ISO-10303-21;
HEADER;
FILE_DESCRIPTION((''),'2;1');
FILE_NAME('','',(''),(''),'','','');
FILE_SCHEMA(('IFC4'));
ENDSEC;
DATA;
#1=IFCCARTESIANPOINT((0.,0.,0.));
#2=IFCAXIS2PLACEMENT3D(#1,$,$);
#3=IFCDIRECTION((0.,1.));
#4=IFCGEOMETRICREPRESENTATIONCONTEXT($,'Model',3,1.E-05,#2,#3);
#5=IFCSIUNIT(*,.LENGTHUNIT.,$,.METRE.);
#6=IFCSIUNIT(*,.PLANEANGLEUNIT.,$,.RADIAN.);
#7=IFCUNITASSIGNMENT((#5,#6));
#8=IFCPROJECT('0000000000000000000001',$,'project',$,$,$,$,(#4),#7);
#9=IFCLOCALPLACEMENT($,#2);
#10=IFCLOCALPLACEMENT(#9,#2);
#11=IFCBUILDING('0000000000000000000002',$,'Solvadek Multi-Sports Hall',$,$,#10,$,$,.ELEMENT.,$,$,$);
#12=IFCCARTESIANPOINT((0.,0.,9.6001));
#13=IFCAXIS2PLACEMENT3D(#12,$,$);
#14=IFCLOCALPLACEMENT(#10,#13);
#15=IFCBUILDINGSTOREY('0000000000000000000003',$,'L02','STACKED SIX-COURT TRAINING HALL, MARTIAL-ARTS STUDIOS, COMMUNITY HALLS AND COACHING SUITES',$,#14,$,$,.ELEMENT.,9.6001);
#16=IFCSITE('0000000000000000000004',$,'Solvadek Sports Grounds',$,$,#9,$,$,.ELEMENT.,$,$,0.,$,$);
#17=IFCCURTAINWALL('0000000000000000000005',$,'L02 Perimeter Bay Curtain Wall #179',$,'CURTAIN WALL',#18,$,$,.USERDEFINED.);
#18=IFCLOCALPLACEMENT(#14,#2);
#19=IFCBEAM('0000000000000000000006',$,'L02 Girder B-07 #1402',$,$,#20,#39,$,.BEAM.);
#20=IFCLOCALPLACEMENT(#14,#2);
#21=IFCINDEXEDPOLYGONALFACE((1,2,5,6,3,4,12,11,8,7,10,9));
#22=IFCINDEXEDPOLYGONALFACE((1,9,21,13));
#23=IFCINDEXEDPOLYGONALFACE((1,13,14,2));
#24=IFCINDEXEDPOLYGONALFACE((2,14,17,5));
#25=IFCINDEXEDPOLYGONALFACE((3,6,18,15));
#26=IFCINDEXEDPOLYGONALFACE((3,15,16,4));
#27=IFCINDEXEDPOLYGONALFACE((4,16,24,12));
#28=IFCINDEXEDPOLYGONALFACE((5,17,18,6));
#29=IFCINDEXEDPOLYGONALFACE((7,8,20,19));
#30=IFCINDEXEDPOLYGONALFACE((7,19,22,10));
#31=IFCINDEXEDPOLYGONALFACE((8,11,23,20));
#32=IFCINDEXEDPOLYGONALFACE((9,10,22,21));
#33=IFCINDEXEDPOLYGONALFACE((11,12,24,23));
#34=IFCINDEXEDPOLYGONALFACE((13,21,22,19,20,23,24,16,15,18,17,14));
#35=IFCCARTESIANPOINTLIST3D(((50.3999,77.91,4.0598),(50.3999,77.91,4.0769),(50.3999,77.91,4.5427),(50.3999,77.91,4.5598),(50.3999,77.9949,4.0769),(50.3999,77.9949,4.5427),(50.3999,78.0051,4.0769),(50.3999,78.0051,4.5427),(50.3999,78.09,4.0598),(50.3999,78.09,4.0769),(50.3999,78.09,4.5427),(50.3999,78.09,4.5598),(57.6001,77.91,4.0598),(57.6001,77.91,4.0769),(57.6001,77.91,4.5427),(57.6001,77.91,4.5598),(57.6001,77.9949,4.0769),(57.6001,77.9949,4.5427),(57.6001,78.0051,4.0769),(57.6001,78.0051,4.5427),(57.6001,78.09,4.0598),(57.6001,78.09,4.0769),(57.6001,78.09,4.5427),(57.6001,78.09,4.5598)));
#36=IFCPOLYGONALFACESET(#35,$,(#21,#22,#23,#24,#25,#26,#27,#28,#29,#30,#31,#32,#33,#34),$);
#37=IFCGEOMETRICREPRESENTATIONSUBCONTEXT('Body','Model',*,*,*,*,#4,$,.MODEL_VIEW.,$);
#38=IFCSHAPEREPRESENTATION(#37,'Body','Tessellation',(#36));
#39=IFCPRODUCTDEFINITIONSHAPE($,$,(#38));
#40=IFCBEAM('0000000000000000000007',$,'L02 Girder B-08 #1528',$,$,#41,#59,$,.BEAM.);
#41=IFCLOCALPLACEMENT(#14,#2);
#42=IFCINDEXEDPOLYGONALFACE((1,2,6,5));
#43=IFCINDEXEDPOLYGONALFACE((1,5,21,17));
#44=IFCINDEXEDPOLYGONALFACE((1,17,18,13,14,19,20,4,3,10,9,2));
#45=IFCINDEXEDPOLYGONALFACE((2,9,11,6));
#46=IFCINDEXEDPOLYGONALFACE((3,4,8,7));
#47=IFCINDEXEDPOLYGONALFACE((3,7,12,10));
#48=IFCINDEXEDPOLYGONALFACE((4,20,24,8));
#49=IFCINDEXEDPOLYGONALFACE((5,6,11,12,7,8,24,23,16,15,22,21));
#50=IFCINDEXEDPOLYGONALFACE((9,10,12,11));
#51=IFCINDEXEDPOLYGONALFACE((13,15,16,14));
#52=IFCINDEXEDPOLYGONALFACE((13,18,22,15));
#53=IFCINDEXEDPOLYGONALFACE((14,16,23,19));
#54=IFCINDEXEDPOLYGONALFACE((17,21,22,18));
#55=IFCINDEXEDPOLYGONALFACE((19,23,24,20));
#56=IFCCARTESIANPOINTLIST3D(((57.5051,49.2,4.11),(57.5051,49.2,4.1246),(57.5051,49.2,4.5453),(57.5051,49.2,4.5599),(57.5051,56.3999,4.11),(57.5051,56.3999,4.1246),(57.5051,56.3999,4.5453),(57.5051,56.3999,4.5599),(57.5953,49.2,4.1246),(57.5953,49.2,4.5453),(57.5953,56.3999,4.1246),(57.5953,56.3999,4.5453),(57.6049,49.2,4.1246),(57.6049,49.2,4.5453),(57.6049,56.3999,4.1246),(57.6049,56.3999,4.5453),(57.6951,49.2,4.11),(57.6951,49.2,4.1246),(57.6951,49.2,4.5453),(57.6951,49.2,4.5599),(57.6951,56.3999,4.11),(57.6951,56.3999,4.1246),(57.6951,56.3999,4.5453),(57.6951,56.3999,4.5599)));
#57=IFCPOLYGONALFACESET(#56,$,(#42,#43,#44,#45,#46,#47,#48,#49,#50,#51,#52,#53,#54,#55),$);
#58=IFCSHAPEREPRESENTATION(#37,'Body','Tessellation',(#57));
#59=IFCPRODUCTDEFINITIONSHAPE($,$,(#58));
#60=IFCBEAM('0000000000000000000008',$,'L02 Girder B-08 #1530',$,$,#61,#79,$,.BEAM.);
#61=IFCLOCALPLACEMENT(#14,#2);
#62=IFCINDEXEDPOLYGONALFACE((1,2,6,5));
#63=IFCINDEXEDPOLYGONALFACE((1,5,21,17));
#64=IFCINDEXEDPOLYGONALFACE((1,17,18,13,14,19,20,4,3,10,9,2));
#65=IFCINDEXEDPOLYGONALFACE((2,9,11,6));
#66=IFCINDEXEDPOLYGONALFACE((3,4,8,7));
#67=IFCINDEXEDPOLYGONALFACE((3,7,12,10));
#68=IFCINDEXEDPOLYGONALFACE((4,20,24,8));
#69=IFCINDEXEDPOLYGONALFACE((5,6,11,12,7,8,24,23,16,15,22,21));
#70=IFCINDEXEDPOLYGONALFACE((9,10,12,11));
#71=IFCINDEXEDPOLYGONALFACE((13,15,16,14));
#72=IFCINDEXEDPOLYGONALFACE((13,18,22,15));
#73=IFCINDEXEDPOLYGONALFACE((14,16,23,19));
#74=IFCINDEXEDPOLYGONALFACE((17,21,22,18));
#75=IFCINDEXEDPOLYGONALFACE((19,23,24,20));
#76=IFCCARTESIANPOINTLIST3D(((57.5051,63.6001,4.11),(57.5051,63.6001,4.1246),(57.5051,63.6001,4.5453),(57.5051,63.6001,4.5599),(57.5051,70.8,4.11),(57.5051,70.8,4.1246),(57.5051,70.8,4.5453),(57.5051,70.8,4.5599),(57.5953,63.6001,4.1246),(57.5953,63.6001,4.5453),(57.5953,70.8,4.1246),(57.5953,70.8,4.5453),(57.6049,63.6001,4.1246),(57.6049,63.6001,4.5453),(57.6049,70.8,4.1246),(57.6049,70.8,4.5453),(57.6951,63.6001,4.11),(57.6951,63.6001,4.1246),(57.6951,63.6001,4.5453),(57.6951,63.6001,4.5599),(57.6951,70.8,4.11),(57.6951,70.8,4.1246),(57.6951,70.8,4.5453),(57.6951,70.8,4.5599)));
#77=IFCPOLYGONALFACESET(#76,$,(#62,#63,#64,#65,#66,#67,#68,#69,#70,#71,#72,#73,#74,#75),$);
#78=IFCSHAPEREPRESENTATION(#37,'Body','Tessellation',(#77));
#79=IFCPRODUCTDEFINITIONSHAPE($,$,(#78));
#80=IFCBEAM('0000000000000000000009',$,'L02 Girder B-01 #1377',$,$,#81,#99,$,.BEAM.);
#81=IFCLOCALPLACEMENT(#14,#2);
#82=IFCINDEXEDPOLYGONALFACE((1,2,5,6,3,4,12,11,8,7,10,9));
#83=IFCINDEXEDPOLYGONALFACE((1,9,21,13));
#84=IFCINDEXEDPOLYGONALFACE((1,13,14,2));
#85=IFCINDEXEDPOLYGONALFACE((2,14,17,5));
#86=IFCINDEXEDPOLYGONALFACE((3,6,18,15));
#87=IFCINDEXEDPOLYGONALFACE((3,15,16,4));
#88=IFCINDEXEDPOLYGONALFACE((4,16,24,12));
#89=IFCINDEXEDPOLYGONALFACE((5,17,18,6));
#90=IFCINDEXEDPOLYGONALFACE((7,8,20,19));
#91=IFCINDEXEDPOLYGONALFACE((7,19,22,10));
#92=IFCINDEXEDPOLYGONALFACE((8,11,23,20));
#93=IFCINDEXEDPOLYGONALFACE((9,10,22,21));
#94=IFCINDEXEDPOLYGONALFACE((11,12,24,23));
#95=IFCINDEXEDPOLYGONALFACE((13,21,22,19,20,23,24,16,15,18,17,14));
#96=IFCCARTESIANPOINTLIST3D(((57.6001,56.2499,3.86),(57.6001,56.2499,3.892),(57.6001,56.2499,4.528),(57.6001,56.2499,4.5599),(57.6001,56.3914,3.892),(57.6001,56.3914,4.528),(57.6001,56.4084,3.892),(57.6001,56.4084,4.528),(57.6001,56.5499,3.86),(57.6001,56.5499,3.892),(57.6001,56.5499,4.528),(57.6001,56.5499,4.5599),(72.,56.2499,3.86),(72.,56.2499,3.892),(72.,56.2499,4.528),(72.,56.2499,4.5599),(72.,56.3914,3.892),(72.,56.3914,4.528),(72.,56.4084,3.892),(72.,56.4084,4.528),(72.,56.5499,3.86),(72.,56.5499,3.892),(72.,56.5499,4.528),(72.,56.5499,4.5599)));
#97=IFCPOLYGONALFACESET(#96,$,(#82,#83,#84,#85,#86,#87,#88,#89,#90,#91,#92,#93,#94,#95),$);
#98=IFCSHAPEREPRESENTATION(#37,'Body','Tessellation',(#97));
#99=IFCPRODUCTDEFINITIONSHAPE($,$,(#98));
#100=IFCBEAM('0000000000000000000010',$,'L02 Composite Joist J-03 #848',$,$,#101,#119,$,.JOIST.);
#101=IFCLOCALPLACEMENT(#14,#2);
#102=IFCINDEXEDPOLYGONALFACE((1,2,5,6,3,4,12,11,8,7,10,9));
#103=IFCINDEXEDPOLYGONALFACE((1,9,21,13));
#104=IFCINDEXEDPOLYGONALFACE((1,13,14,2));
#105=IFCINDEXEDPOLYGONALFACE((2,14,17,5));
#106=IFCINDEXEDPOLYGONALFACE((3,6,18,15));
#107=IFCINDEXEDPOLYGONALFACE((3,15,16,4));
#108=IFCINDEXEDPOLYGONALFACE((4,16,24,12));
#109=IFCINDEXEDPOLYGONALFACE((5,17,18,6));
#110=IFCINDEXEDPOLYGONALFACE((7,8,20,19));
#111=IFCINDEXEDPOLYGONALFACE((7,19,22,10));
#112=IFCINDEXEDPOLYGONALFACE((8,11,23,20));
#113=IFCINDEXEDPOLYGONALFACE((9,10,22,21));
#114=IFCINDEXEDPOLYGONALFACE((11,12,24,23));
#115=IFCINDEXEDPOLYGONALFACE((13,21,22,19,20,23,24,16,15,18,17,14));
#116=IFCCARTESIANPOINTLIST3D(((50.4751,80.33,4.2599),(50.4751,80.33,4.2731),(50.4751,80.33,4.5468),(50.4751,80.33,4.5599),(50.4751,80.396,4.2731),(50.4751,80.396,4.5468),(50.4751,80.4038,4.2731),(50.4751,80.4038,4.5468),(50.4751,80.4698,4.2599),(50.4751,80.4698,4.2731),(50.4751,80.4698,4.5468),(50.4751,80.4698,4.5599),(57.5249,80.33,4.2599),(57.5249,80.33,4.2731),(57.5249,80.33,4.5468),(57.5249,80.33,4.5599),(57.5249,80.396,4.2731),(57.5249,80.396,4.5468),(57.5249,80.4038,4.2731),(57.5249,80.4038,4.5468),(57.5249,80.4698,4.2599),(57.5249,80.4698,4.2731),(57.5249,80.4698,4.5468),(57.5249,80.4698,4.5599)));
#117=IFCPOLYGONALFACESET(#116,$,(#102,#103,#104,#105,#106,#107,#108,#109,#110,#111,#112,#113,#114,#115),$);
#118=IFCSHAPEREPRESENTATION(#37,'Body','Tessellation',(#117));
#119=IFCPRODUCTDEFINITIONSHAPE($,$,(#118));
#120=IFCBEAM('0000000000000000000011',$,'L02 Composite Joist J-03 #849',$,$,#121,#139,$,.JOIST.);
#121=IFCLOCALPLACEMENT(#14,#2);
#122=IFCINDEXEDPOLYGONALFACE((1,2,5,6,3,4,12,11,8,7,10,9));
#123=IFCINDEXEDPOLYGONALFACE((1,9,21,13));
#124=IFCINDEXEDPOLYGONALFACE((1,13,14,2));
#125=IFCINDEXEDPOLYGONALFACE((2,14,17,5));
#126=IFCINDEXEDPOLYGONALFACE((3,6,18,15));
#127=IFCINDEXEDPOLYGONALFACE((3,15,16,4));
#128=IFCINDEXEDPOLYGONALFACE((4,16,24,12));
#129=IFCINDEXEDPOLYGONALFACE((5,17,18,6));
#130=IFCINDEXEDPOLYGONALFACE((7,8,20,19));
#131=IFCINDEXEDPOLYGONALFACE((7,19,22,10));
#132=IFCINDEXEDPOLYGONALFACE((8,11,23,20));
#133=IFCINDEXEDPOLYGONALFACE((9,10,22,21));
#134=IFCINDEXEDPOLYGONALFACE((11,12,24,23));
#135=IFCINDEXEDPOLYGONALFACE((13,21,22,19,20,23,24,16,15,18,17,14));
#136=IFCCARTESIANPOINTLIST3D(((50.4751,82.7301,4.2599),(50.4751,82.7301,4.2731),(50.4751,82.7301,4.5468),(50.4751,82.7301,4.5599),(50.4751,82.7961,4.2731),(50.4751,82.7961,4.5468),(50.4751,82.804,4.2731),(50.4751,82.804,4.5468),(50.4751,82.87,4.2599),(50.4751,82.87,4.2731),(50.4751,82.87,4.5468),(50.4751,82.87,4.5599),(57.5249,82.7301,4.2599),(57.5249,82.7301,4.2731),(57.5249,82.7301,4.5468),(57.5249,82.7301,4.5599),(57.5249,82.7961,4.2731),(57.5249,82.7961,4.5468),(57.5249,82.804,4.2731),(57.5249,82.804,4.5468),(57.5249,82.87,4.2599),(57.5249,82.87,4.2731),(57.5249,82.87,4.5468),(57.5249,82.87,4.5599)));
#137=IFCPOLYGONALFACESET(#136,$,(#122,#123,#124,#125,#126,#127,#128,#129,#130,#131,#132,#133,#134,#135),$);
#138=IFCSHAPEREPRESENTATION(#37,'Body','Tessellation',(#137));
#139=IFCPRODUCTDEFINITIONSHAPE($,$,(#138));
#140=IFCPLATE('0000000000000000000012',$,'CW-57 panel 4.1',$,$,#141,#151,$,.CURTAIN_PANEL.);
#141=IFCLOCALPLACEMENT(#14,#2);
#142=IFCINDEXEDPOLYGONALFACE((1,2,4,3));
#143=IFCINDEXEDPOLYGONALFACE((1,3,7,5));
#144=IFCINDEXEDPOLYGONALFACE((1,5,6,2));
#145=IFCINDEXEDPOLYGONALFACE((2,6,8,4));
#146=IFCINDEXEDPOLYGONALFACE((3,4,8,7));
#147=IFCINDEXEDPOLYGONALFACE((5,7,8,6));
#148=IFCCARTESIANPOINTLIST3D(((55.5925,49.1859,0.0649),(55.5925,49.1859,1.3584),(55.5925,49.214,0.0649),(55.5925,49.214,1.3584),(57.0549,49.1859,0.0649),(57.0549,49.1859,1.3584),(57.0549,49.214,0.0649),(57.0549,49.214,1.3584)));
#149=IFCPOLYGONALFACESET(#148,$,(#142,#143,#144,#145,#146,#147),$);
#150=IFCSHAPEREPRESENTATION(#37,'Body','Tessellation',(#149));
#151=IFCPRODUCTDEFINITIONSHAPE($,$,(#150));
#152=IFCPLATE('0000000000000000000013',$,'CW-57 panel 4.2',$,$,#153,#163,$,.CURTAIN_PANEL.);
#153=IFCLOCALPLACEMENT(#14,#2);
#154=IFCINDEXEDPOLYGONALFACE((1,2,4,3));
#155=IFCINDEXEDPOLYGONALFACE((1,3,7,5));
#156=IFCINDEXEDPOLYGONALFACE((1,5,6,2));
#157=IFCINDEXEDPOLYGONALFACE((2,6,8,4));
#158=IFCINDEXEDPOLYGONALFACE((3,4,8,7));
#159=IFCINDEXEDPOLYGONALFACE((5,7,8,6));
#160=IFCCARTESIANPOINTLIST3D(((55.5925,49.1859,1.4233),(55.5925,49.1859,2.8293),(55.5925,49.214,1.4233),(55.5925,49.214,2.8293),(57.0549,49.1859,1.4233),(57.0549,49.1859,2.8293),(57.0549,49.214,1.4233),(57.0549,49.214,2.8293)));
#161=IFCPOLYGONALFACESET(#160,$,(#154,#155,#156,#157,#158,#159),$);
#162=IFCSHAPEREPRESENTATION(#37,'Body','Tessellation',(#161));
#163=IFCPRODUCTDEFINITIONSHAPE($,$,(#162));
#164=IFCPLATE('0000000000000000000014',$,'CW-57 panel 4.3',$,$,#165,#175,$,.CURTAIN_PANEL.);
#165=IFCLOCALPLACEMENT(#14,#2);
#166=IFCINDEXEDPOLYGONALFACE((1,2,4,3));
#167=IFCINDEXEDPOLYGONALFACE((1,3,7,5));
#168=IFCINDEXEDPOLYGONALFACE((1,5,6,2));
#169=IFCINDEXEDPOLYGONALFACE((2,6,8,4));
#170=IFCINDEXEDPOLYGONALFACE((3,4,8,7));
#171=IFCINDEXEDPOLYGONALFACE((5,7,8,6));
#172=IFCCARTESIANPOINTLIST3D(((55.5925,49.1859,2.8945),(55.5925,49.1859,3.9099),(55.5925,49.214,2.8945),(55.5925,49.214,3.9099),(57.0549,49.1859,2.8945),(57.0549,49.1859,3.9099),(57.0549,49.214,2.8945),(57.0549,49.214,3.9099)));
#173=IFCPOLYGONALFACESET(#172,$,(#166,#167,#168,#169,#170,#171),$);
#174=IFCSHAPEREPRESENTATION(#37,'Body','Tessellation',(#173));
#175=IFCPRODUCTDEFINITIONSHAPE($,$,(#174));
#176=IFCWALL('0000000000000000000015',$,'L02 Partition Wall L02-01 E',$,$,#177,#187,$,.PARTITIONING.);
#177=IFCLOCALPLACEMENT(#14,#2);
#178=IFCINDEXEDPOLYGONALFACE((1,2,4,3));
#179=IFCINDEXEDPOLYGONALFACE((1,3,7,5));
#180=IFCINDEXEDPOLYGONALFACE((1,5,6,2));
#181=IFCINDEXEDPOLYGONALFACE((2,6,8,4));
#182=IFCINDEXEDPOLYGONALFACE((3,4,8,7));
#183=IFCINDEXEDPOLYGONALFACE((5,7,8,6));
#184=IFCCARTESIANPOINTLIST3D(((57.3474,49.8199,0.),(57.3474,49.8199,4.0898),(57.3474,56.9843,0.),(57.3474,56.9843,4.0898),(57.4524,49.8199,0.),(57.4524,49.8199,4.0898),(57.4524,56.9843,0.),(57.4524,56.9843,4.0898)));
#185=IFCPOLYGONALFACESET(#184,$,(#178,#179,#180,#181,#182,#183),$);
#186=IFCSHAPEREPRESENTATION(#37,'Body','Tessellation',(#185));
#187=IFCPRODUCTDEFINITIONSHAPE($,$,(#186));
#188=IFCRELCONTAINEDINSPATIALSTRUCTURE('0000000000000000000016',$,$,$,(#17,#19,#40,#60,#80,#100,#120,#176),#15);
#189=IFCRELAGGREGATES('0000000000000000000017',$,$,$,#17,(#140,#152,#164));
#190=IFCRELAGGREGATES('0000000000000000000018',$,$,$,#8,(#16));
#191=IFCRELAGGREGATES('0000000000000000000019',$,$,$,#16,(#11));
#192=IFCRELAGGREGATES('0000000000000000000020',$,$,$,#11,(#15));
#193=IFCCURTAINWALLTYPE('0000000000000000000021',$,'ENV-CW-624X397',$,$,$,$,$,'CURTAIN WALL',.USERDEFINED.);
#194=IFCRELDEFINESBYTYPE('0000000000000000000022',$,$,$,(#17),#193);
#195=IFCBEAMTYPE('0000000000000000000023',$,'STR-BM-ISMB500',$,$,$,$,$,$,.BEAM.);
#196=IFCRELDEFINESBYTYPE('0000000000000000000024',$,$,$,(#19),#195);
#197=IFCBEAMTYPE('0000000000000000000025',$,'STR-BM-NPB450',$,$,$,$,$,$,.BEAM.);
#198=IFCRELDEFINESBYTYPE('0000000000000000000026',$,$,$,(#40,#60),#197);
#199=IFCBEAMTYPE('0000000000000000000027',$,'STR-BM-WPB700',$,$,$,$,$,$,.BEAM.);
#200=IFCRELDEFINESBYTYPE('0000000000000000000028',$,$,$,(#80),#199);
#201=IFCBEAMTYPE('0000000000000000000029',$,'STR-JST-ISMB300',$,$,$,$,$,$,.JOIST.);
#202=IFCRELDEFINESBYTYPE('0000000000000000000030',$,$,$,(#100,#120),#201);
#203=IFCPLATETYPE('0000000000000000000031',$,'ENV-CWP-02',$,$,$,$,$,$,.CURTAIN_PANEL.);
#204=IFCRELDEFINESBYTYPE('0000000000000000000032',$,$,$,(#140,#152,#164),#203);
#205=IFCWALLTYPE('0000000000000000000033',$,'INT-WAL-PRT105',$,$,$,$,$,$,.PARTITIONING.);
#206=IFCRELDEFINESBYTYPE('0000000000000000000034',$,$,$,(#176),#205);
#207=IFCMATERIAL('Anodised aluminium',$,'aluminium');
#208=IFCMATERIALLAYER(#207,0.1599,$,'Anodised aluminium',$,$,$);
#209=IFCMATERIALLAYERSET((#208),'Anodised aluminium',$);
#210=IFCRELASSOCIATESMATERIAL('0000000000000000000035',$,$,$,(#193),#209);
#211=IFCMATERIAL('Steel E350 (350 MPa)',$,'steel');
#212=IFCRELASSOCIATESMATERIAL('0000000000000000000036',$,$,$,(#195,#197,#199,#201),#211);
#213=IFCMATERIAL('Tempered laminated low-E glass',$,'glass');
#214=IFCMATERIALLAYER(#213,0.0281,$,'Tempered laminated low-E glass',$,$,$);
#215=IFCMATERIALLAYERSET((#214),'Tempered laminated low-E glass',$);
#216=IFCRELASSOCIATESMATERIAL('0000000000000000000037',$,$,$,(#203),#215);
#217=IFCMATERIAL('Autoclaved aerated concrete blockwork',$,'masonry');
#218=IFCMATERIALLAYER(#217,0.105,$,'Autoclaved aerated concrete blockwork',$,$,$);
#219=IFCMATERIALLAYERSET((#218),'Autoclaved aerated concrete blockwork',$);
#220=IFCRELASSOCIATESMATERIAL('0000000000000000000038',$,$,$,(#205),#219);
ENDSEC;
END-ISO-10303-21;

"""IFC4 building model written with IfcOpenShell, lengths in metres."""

from ifc_helpers import new_model, si_unit, direction, frame, frame_2d, origin, origin_2d, place, context, subcontext, project, spatial, rectangle, i_section, extrude, material, layer, layer_set, material_profile, profile_set, type_object, element, aggregate, save


model = new_model("IFC4")

# Units and contexts
model_context = context("Model", 3, precision=1e-05, world=origin(), true_north=direction((0.0, 1.0)))
body_context = subcontext(model_context, "Body", "Model", "MODEL_VIEW")
ifc_project = project(units=[si_unit("LENGTHUNIT", "METRE"), si_unit("PLANEANGLEUNIT", "RADIAN")], contexts=[model_context])

# Site, building, storey
site_placement = place(None, origin())
site = spatial("IfcSite", under=ifc_project, at=site_placement, Name="Solvadek Sports Grounds", CompositionType="ELEMENT", RefElevation=0.0)
building_placement = place(site_placement, origin())
building = spatial("IfcBuilding", under=site, at=building_placement, Name="Solvadek Multi-Sports Hall", CompositionType="ELEMENT")
storey_placement = place(building_placement, frame((0.0, 0.0, 9.6001)))
storey = spatial("IfcBuildingStorey", under=building, at=storey_placement, Name="L02", Description="STACKED SIX-COURT TRAINING HALL, MARTIAL-ARTS STUDIOS, COMMUNITY HALLS AND COACHING SUITES", CompositionType="ELEMENT", Elevation=9.6001)

# Shared definitions
ifc_material_1 = material(Name="Steel E350 (350 MPa)", Category="steel")

# Curtain wall
ifc_material_2 = material(Name="Anodised aluminium", Category="aluminium")
ifc_layer_1 = layer(ifc_material_2, 0.1599, Name="Anodised aluminium")
ifc_layer_set_1 = layer_set([ifc_layer_1], Name="Anodised aluminium")
curtain_wall_type = type_object("IfcCurtainWallType", Name="ENV-CW-624X397", ElementType="CURTAIN WALL", PredefinedType="USERDEFINED", material=ifc_layer_set_1)
curtain_wall_placement = place(storey_placement, origin())
curtain_wall = element("IfcCurtainWall", 1, at=curtain_wall_placement, inside=storey, type_object=curtain_wall_type, Name="L02 Perimeter Bay Curtain Wall #179", ObjectType="CURTAIN WALL", PredefinedType="USERDEFINED")

# Beams
ifc_material_profile_1 = material_profile(ifc_material_1, i_section(OverallWidth=0.1799, OverallDepth=0.5, WebThickness=0.0103, FlangeThickness=0.0171, at=origin_2d()), Name="ISMB 500")
ifc_profile_set_1 = profile_set([ifc_material_profile_1], Name="Steel E350 (350 MPa)")
beam_type_1 = type_object("IfcBeamType", Name="STR-BM-ISMB500", PredefinedType="BEAM", material=ifc_profile_set_1)
beam_1_placement = place(storey_placement, frame((50.3999, 78.0, 4.3098), z_axis=(1.0, 0.0, 0.0), x_axis=(0.0, 1.0, 0.0)))
element("IfcBeam", 2, at=beam_1_placement, inside=storey, type_object=beam_type_1, Name="L02 Girder B-07 #1402", PredefinedType="BEAM", context=body_context, shape_type="SweptSolid", body=[
    extrude(i_section(OverallWidth=0.1799, OverallDepth=0.5, WebThickness=0.0103, FlangeThickness=0.0171, at=origin_2d()), origin(), (0.0, 0.0, 1.0), 7.2002),
])
ifc_material_profile_2 = material_profile(ifc_material_1, i_section(OverallWidth=0.1899, OverallDepth=0.45, WebThickness=0.0095, FlangeThickness=0.0146, at=origin_2d()), Name="NPB 450")
ifc_profile_set_2 = profile_set([ifc_material_profile_2], Name="Steel E350 (350 MPa)")
beam_type_2 = type_object("IfcBeamType", Name="STR-BM-NPB450", PredefinedType="BEAM", material=ifc_profile_set_2)
for number, where, z_axis, x_axis, name in (
    (3, (57.6001, 49.2, 4.335), (0.0, 1.0, 0.0), (-1.0, 0.0, 0.0), "L02 Girder B-08 #1528"),
    (4, (57.6001, 63.6001, 4.335), (0.0, 1.0, 0.0), (-1.0, 0.0, 0.0), "L02 Girder B-08 #1530"),
):
    element("IfcBeam", number, at=place(storey_placement, frame(where, z_axis=z_axis, x_axis=x_axis)), inside=storey, type_object=beam_type_2, Name=name, PredefinedType="BEAM", context=body_context, shape_type="SweptSolid", body=[
        extrude(i_section(OverallWidth=0.1899, OverallDepth=0.45, WebThickness=0.0095, FlangeThickness=0.0146, at=origin_2d()), origin(), (0.0, 0.0, 1.0), 7.2),
    ])
ifc_material_profile_3 = material_profile(ifc_material_1, i_section(OverallWidth=0.3, OverallDepth=0.7, WebThickness=0.0171, FlangeThickness=0.032, at=origin_2d()), Name="WPB 700")
ifc_profile_set_3 = profile_set([ifc_material_profile_3], Name="Steel E350 (350 MPa)")
beam_type_3 = type_object("IfcBeamType", Name="STR-BM-WPB700", PredefinedType="BEAM", material=ifc_profile_set_3)
beam_2_placement = place(storey_placement, frame((57.6001, 56.3999, 4.21), z_axis=(1.0, 0.0, 0.0), x_axis=(0.0, 1.0, 0.0)))
element("IfcBeam", 5, at=beam_2_placement, inside=storey, type_object=beam_type_3, Name="L02 Girder B-01 #1377", PredefinedType="BEAM", context=body_context, shape_type="SweptSolid", body=[
    extrude(i_section(OverallWidth=0.3, OverallDepth=0.7, WebThickness=0.0171, FlangeThickness=0.032, at=origin_2d()), origin(), (0.0, 0.0, 1.0), 14.3999),
])
ifc_material_profile_4 = material_profile(ifc_material_1, i_section(OverallWidth=0.1399, OverallDepth=0.3, WebThickness=0.0078, FlangeThickness=0.0132, at=origin_2d()), Name="ISMB 300")
ifc_profile_set_4 = profile_set([ifc_material_profile_4], Name="Steel E350 (350 MPa)")
beam_type_4 = type_object("IfcBeamType", Name="STR-JST-ISMB300", PredefinedType="JOIST", material=ifc_profile_set_4)
for number, where, z_axis, x_axis, name in (
    (6, (50.4751, 80.3999, 4.4099), (1.0, 0.0, 0.0), (0.0, 1.0, 0.0), "L02 Composite Joist J-03 #848"),
    (7, (50.4751, 82.8, 4.4099), (1.0, 0.0, 0.0), (0.0, 1.0, 0.0), "L02 Composite Joist J-03 #849"),
):
    element("IfcBeam", number, at=place(storey_placement, frame(where, z_axis=z_axis, x_axis=x_axis)), inside=storey, type_object=beam_type_4, Name=name, PredefinedType="JOIST", context=body_context, shape_type="SweptSolid", body=[
        extrude(i_section(OverallWidth=0.1399, OverallDepth=0.3, WebThickness=0.0078, FlangeThickness=0.0132, at=origin_2d()), origin(), (0.0, 0.0, 1.0), 7.0498),
    ])

# Plates
ifc_material_3 = material(Name="Tempered laminated low-E glass", Category="glass")
ifc_layer_2 = layer(ifc_material_3, 0.0281, Name="Tempered laminated low-E glass")
ifc_layer_set_2 = layer_set([ifc_layer_2], Name="Tempered laminated low-E glass")
plate_type = type_object("IfcPlateType", Name="ENV-CWP-02", PredefinedType="CURTAIN_PANEL", material=ifc_layer_set_2)
plate_1_placement = place(storey_placement, frame((56.3237, 49.2, 0.0649), z_axis=(0.0, 0.0, 1.0), x_axis=(1.0, 0.0, 0.0)))
plate_1 = element("IfcPlate", 8, at=plate_1_placement, type_object=plate_type, Name="CW-57 panel 4.1", PredefinedType="CURTAIN_PANEL", context=body_context, shape_type="SweptSolid", body=[
    extrude(rectangle(XDim=1.4624, YDim=0.0281, at=origin_2d()), origin(), (0.0, 0.0, 1.0), 1.2935),
])
plate_2_placement = place(storey_placement, frame((56.3237, 49.2, 1.4233), z_axis=(0.0, 0.0, 1.0), x_axis=(1.0, 0.0, 0.0)))
plate_2 = element("IfcPlate", 9, at=plate_2_placement, type_object=plate_type, Name="CW-57 panel 4.2", PredefinedType="CURTAIN_PANEL", context=body_context, shape_type="SweptSolid", body=[
    extrude(rectangle(XDim=1.4624, YDim=0.0281, at=origin_2d()), origin(), (0.0, 0.0, 1.0), 1.406),
])
plate_3_placement = place(storey_placement, frame((56.3237, 49.2, 2.8945), z_axis=(0.0, 0.0, 1.0), x_axis=(1.0, 0.0, 0.0)))
plate_3 = element("IfcPlate", 10, at=plate_3_placement, type_object=plate_type, Name="CW-57 panel 4.3", PredefinedType="CURTAIN_PANEL", context=body_context, shape_type="SweptSolid", body=[
    extrude(rectangle(XDim=1.4624, YDim=0.0281, at=origin_2d()), origin(), (0.0, 0.0, 1.0), 1.0154),
])
aggregate(curtain_wall, [plate_1, plate_2, plate_3])

# Wall
ifc_material_4 = material(Name="Autoclaved aerated concrete blockwork", Category="masonry")
ifc_layer_3 = layer(ifc_material_4, 0.105, Name="Autoclaved aerated concrete blockwork")
ifc_layer_set_3 = layer_set([ifc_layer_3], Name="Autoclaved aerated concrete blockwork")
wall_type_1 = type_object("IfcWallType", Name="INT-WAL-PRT105", PredefinedType="PARTITIONING", material=ifc_layer_set_3)
wall_1_placement = place(storey_placement, frame((57.3999, 49.8201, 0.0), z_axis=(0.0, 0.0, 1.0), x_axis=(0.0, 1.0, 0.0)))
element("IfcWall", 11, at=wall_1_placement, inside=storey, type_object=wall_type_1, Name="L02 Partition Wall L02-01 E", PredefinedType="PARTITIONING", context=body_context, shape_type="SweptSolid", body=[
    extrude(rectangle(XDim=7.1643, YDim=0.105, at=frame_2d((3.582, 0.0))), origin(), (0.0, 0.0, 1.0), 4.0898),
])

save(model, "model.ifc")
